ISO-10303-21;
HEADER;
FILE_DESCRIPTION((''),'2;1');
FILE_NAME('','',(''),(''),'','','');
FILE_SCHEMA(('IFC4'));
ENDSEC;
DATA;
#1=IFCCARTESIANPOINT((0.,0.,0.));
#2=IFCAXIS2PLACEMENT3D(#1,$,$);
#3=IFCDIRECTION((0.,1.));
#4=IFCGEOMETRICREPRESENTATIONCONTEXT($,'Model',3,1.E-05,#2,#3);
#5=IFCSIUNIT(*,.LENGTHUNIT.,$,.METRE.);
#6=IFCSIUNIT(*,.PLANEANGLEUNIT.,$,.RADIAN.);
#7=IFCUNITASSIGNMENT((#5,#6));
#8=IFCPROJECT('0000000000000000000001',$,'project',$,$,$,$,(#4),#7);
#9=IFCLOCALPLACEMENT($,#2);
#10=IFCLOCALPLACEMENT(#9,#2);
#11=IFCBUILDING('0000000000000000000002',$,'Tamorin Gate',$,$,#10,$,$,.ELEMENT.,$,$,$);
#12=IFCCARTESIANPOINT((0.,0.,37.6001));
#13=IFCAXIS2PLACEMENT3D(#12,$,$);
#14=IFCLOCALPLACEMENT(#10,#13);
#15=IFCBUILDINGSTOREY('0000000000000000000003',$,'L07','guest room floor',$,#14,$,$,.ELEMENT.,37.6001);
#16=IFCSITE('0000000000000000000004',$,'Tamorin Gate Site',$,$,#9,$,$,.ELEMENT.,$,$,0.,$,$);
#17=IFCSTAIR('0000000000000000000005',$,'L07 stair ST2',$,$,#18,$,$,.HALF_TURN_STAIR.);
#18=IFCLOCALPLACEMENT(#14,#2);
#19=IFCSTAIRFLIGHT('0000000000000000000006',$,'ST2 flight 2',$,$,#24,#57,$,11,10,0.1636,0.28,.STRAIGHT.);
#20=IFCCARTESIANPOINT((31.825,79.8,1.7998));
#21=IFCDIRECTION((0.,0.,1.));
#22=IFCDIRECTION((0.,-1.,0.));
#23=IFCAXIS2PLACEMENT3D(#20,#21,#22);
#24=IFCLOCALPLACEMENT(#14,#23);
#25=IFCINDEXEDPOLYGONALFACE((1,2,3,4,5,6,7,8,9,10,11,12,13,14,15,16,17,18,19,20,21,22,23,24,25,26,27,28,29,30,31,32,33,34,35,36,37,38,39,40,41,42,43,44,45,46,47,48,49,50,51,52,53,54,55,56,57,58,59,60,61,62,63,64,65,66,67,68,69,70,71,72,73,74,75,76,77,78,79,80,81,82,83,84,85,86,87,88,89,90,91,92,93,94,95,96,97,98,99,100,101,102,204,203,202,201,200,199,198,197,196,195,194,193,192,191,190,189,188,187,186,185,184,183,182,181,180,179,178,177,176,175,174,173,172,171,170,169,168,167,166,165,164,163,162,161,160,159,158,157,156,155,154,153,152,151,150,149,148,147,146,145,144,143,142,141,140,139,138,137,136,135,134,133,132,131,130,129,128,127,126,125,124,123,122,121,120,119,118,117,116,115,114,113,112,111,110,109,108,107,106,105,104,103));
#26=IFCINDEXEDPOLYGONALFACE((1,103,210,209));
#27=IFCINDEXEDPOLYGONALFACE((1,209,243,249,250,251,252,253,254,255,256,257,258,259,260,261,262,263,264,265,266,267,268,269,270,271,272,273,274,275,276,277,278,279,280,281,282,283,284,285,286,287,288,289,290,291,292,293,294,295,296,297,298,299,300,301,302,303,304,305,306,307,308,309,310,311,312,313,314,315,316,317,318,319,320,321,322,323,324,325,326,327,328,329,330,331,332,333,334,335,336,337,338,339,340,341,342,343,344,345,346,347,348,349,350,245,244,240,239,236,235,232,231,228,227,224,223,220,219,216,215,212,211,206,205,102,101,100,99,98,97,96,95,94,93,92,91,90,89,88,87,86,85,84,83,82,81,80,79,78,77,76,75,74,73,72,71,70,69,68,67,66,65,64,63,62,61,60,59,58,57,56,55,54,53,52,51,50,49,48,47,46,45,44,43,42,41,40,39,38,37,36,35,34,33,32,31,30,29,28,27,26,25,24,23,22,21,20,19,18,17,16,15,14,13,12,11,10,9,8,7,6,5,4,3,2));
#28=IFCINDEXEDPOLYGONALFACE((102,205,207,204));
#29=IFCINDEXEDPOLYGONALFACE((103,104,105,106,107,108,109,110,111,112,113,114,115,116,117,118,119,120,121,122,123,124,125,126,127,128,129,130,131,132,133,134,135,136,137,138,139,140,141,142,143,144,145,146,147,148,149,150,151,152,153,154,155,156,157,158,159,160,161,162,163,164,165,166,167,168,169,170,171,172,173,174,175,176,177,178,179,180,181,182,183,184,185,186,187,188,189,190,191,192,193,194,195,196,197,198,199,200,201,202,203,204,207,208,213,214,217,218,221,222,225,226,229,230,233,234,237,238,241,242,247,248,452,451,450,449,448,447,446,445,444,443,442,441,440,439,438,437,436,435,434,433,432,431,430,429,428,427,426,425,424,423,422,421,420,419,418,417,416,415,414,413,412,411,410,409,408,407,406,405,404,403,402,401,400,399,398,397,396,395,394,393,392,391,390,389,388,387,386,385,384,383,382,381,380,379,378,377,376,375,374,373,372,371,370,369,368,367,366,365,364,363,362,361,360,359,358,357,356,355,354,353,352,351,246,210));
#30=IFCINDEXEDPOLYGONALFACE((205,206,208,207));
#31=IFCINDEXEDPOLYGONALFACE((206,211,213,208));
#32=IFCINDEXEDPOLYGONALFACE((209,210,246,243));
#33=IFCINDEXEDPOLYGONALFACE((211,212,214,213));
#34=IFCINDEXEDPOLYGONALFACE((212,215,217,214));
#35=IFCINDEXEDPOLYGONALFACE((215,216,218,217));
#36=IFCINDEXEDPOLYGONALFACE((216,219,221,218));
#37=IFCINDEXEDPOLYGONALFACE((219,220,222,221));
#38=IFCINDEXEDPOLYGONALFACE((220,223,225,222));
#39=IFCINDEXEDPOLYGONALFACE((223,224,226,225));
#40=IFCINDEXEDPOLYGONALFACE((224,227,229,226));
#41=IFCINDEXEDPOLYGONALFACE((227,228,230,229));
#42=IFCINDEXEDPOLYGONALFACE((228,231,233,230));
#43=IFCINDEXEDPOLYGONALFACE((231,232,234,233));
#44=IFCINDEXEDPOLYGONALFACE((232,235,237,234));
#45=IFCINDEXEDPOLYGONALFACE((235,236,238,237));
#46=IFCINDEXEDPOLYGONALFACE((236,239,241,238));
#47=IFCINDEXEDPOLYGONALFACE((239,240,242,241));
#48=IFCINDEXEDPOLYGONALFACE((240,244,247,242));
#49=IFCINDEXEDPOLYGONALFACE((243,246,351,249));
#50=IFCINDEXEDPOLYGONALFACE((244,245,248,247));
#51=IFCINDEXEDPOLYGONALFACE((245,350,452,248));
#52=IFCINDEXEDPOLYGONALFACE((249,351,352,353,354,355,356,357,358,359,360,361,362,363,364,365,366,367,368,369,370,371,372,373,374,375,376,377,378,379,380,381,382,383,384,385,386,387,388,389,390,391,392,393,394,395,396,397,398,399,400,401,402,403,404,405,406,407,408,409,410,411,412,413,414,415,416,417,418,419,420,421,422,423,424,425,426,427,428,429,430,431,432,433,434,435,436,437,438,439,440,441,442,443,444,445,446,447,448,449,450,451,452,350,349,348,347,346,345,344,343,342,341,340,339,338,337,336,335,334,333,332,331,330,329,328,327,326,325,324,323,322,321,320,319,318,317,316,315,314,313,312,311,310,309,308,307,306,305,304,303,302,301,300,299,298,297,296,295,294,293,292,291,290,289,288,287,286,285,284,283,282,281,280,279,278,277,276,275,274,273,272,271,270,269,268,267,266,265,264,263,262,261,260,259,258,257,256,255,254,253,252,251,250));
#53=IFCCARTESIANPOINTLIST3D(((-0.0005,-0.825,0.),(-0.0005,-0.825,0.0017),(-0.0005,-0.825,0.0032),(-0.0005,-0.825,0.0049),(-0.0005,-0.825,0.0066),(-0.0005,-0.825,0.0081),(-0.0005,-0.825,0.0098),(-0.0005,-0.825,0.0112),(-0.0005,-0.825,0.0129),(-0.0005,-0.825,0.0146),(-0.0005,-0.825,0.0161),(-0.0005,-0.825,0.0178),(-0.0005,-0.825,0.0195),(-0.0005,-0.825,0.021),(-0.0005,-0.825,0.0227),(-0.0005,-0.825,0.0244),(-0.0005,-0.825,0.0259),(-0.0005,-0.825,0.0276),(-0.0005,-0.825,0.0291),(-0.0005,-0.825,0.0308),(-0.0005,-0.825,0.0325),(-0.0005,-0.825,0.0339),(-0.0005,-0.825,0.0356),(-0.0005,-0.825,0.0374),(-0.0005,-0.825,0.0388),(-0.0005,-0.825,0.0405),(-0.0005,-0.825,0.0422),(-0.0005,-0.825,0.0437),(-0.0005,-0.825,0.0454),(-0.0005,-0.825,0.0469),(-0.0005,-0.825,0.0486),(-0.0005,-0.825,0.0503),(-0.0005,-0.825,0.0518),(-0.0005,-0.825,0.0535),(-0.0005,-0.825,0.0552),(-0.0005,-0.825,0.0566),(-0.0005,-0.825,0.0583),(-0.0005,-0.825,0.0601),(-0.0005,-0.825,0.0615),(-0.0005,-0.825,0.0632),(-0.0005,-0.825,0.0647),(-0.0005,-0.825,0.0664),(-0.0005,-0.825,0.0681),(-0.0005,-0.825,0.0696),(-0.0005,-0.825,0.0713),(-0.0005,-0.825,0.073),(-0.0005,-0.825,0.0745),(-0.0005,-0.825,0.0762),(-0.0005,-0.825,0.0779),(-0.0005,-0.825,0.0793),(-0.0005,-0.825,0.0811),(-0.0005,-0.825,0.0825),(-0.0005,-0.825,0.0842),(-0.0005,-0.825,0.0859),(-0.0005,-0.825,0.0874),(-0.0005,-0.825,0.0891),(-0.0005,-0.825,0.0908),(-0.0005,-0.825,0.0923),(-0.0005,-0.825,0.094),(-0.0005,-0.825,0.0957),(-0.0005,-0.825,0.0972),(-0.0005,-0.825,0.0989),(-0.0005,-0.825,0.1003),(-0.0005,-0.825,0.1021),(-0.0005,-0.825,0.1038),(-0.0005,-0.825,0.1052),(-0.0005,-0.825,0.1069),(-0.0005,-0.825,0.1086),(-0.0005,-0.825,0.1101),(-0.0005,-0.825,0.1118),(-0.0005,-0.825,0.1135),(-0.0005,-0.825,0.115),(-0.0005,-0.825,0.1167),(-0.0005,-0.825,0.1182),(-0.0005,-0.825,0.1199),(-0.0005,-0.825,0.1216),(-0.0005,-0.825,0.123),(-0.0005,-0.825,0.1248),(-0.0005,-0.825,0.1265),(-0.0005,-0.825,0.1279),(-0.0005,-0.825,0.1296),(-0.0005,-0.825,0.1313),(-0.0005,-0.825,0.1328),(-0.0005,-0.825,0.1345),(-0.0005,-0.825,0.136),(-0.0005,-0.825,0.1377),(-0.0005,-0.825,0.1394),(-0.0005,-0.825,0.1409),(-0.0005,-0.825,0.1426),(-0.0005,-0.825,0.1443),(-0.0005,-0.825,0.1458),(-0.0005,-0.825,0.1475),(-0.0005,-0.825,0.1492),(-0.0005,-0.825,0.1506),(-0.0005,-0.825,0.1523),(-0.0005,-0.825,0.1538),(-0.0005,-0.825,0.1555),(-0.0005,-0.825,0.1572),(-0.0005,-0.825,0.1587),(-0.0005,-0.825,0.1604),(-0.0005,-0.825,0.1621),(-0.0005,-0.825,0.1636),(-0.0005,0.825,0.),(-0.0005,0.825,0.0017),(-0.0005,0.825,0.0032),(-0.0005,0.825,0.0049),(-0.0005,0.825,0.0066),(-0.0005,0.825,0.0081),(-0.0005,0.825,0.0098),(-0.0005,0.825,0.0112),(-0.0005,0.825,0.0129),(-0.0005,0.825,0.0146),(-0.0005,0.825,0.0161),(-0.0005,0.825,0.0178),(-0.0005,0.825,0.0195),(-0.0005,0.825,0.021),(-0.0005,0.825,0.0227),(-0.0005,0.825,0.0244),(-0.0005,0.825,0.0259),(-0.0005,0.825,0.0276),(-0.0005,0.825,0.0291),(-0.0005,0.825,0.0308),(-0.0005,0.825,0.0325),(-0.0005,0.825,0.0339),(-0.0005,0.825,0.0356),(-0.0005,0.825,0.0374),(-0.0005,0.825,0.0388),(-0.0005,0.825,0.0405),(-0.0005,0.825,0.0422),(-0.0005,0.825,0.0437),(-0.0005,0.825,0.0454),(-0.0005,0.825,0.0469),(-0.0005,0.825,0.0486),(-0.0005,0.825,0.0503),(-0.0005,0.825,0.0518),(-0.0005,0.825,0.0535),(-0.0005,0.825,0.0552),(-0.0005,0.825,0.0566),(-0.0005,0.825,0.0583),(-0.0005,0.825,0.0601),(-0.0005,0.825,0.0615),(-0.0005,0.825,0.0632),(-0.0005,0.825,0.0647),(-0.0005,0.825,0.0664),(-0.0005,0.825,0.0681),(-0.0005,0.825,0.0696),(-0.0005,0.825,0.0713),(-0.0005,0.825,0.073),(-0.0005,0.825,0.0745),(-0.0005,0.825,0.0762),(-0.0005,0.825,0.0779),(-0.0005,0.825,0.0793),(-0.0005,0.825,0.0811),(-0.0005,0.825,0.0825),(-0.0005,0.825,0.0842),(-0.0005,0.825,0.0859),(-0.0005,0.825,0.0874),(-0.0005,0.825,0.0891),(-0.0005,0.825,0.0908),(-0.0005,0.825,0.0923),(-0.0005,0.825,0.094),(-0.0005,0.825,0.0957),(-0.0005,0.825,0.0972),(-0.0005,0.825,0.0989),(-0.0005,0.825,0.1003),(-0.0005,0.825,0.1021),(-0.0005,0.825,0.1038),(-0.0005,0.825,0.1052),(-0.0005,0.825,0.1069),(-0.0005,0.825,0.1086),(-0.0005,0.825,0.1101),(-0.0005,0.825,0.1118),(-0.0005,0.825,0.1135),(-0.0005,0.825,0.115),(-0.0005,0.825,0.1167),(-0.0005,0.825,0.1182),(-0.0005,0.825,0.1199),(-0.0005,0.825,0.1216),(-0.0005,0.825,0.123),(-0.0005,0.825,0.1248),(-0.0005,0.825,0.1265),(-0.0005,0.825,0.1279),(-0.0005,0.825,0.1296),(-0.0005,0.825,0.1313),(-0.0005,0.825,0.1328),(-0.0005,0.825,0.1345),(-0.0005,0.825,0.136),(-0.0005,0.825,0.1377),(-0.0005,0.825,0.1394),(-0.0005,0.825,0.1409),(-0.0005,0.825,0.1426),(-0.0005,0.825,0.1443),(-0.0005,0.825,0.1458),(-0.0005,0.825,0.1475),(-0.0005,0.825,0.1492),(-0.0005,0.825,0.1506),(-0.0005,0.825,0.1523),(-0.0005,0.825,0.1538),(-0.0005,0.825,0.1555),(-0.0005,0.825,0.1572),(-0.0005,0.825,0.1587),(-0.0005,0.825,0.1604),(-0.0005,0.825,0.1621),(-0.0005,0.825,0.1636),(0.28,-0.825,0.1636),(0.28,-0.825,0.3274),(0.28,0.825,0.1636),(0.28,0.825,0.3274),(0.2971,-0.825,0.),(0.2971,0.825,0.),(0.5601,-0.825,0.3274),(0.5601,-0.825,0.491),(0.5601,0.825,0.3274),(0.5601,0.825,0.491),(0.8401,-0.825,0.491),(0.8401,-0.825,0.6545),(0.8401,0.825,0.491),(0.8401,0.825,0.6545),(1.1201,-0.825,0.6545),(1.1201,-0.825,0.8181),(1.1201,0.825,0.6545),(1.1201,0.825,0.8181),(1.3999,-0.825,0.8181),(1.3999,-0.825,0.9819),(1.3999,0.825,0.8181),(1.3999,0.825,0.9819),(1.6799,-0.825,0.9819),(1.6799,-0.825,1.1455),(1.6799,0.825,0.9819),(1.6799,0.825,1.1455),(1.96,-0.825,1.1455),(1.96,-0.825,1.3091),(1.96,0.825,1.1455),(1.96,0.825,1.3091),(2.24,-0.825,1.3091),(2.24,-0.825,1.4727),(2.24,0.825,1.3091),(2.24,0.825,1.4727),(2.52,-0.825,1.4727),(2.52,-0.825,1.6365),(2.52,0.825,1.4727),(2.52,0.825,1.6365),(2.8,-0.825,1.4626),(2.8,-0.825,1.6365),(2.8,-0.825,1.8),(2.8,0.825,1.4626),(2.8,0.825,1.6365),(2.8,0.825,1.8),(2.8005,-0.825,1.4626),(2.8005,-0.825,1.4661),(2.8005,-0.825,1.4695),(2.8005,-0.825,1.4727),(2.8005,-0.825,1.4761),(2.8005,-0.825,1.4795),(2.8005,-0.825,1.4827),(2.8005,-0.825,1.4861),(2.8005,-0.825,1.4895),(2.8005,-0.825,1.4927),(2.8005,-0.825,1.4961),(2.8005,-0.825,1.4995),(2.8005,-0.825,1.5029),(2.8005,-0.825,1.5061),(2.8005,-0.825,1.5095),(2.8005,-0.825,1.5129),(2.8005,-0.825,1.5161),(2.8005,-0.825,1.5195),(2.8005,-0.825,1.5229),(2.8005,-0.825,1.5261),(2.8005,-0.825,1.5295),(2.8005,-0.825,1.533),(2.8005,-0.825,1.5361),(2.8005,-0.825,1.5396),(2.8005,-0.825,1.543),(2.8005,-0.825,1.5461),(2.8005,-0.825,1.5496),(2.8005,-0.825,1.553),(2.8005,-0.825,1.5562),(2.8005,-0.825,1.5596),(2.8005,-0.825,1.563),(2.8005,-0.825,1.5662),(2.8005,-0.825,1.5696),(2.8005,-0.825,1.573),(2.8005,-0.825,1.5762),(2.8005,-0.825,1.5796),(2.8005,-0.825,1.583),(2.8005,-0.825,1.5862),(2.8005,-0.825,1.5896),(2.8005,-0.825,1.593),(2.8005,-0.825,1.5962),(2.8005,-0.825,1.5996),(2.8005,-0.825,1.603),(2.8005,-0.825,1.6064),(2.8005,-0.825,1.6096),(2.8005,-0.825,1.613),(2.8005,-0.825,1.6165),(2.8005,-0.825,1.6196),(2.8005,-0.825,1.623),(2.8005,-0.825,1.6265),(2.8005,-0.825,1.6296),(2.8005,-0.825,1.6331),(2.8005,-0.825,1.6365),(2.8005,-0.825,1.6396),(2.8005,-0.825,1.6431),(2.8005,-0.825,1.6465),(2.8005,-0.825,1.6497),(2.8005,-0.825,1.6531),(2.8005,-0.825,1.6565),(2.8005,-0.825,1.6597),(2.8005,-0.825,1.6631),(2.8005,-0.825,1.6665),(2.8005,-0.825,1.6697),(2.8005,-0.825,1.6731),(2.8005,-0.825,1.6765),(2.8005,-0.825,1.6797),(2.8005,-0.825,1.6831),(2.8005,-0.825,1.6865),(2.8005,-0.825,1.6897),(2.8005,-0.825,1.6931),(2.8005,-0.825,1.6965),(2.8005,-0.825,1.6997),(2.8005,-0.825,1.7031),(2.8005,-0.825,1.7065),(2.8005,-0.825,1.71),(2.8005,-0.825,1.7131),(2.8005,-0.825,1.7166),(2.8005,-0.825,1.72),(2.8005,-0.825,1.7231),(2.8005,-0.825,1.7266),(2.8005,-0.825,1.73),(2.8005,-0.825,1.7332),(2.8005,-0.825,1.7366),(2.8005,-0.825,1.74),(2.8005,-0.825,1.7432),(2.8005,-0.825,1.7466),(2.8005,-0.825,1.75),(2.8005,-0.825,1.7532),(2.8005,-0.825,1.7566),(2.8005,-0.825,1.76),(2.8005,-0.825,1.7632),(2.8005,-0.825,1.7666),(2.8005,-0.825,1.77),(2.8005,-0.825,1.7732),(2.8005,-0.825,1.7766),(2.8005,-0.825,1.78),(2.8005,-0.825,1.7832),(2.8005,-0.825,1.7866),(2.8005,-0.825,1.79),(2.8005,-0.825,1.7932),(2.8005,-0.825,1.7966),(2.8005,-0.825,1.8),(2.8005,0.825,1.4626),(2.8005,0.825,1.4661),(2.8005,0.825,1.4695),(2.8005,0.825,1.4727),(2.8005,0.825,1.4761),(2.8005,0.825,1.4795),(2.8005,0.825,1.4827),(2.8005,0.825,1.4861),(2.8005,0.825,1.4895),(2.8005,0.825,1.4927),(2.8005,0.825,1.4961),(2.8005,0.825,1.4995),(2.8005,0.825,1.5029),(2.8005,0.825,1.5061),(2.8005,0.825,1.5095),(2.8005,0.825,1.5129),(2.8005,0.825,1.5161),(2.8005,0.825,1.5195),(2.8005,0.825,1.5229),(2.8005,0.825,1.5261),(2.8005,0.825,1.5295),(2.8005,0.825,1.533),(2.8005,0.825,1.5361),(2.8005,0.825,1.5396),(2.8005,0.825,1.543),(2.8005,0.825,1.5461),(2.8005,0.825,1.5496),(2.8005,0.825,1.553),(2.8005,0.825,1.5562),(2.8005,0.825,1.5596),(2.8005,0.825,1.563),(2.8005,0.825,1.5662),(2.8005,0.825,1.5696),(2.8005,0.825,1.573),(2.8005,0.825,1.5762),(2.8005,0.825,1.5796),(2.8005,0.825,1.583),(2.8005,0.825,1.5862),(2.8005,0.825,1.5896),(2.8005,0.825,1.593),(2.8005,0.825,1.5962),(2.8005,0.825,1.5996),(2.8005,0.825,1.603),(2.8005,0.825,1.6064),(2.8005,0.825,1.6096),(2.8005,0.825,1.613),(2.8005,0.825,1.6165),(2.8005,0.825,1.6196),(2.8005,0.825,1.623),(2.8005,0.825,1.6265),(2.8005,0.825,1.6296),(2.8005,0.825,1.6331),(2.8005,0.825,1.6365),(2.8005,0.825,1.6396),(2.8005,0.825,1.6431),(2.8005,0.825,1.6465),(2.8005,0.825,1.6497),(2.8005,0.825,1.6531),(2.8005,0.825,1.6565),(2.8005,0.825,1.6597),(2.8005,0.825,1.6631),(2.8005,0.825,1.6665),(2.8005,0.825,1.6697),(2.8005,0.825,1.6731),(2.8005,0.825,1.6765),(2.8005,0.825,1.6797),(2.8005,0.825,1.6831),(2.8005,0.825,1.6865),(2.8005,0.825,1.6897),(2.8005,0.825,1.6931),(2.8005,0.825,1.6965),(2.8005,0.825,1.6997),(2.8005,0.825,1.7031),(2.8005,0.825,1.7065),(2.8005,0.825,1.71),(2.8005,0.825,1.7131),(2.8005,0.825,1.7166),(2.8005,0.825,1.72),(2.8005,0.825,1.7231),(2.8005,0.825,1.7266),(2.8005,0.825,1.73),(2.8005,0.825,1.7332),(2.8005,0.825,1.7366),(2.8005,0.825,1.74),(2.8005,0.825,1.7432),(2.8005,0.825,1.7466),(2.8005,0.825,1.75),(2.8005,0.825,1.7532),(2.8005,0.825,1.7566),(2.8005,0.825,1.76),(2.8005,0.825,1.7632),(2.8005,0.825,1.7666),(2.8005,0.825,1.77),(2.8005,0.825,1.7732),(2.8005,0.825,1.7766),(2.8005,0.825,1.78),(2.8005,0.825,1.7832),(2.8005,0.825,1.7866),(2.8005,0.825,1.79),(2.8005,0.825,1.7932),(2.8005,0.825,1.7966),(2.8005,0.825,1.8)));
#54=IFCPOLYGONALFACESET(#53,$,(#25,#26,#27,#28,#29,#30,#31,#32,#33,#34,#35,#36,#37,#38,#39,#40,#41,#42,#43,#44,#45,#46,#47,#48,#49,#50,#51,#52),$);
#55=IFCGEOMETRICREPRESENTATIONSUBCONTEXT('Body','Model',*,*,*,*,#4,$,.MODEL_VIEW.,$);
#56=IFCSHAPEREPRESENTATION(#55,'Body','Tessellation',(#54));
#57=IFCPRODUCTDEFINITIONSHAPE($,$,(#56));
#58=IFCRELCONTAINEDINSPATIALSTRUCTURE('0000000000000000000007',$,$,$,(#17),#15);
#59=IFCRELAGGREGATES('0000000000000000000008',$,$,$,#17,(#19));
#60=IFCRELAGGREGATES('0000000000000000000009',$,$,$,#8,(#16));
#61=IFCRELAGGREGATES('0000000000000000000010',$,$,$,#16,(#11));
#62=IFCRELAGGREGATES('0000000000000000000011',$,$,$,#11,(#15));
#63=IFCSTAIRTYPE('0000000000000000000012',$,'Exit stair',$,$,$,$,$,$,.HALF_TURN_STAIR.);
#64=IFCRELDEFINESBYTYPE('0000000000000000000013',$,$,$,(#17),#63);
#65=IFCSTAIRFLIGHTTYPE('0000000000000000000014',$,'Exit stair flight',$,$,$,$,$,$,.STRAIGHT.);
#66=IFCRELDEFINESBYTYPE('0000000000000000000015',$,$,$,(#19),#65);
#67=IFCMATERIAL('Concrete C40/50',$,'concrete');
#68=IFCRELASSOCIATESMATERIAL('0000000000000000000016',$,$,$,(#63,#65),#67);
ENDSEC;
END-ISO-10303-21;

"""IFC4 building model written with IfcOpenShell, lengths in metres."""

from ifc_helpers import new_model, si_unit, direction, frame, origin, place, context, subcontext, project, spatial, polyline, outline, extrude, material, type_object, element, aggregate, save


model = new_model("IFC4")

# Units and contexts
model_context = context("Model", 3, precision=1e-05, world=origin(), true_north=direction((0.0, 1.0)))
body_context = subcontext(model_context, "Body", "Model", "MODEL_VIEW")
ifc_project = project(units=[si_unit("LENGTHUNIT", "METRE"), si_unit("PLANEANGLEUNIT", "RADIAN")], contexts=[model_context])

# Site, building, storey
site_placement = place(None, origin())
site = spatial("IfcSite", under=ifc_project, at=site_placement, Name="Tamorin Gate Site", CompositionType="ELEMENT", RefElevation=0.0)
building_placement = place(site_placement, origin())
building = spatial("IfcBuilding", under=site, at=building_placement, Name="Tamorin Gate", CompositionType="ELEMENT")
storey_placement = place(building_placement, frame((0.0, 0.0, 37.6001)))
storey = spatial("IfcBuildingStorey", under=building, at=storey_placement, Name="L07", Description="guest room floor", CompositionType="ELEMENT", Elevation=37.6001)

# Shared definitions
ifc_material_1 = material(Name="Concrete C40/50", Category="concrete")

# Stair, stair flight
stair_type = type_object("IfcStairType", Name="Exit stair", PredefinedType="HALF_TURN_STAIR", material=ifc_material_1)
stair_placement = place(storey_placement, origin())
stair = element("IfcStair", 1, at=stair_placement, inside=storey, type_object=stair_type, Name="L07 stair ST2", PredefinedType="HALF_TURN_STAIR")
stair_flight_type = type_object("IfcStairFlightType", Name="Exit stair flight", PredefinedType="STRAIGHT", material=ifc_material_1)
stair_flight_1_placement = place(storey_placement, frame((31.825, 79.8, 1.7998), z_axis=(0.0, 0.0, 1.0), x_axis=(0.0, -1.0, 0.0)))
stair_flight_1 = element("IfcStairFlight", 2, at=stair_flight_1_placement, type_object=stair_flight_type, Name="ST2 flight 2", NumberOfRisers=11, NumberOfTreads=10, PredefinedType="STRAIGHT", RiserHeight=0.1636, TreadLength=0.28, context=body_context, shape_type="SweptSolid", body=[
    extrude(outline(polyline([(-0.0005, 0.0), (-0.0005, 0.0017), (-0.0005, 0.0032), (-0.0005, 0.0049), (-0.0005, 0.0066), (-0.0005, 0.0081), (-0.0005, 0.0098), (-0.0005, 0.0112), (-0.0005, 0.0129), (-0.0005, 0.0146), (-0.0005, 0.0161), (-0.0005, 0.0178), (-0.0005, 0.0195), (-0.0005, 0.021), (-0.0005, 0.0227), (-0.0005, 0.0244), (-0.0005, 0.0259), (-0.0005, 0.0276), (-0.0005, 0.0291), (-0.0005, 0.0308), (-0.0005, 0.0325), (-0.0005, 0.0339), (-0.0005, 0.0356), (-0.0005, 0.0374), (-0.0005, 0.0388), (-0.0005, 0.0405), (-0.0005, 0.0422), (-0.0005, 0.0437), (-0.0005, 0.0454), (-0.0005, 0.0469), (-0.0005, 0.0486), (-0.0005, 0.0503), (-0.0005, 0.0518), (-0.0005, 0.0535), (-0.0005, 0.0552), (-0.0005, 0.0566), (-0.0005, 0.0583), (-0.0005, 0.0601), (-0.0005, 0.0615), (-0.0005, 0.0632), (-0.0005, 0.0647), (-0.0005, 0.0664), (-0.0005, 0.0681), (-0.0005, 0.0696), (-0.0005, 0.0713), (-0.0005, 0.073), (-0.0005, 0.0745), (-0.0005, 0.0762), (-0.0005, 0.0779), (-0.0005, 0.0793), (-0.0005, 0.0811), (-0.0005, 0.0825), (-0.0005, 0.0842), (-0.0005, 0.0859), (-0.0005, 0.0874), (-0.0005, 0.0891), (-0.0005, 0.0908), (-0.0005, 0.0923), (-0.0005, 0.094), (-0.0005, 0.0957), (-0.0005, 0.0972), (-0.0005, 0.0989), (-0.0005, 0.1003), (-0.0005, 0.1021), (-0.0005, 0.1038), (-0.0005, 0.1052), (-0.0005, 0.1069), (-0.0005, 0.1086), (-0.0005, 0.1101), (-0.0005, 0.1118), (-0.0005, 0.1135), (-0.0005, 0.115), (-0.0005, 0.1167), (-0.0005, 0.1182), (-0.0005, 0.1199), (-0.0005, 0.1216), (-0.0005, 0.123), (-0.0005, 0.1248), (-0.0005, 0.1265), (-0.0005, 0.1279), (-0.0005, 0.1296), (-0.0005, 0.1313), (-0.0005, 0.1328), (-0.0005, 0.1345), (-0.0005, 0.136), (-0.0005, 0.1377), (-0.0005, 0.1394), (-0.0005, 0.1409), (-0.0005, 0.1426), (-0.0005, 0.1443), (-0.0005, 0.1458), (-0.0005, 0.1475), (-0.0005, 0.1492), (-0.0005, 0.1506), (-0.0005, 0.1523), (-0.0005, 0.1538), (-0.0005, 0.1555), (-0.0005, 0.1572), (-0.0005, 0.1587), (-0.0005, 0.1604), (-0.0005, 0.1621), (-0.0005, 0.1636), (0.28, 0.1636), (0.28, 0.3274), (0.5601, 0.3274), (0.5601, 0.491), (0.8401, 0.491), (0.8401, 0.6545), (1.1201, 0.6545), (1.1201, 0.8181), (1.3999, 0.8181), (1.3999, 0.9819), (1.6799, 0.9819), (1.6799, 1.1455), (1.96, 1.1455), (1.96, 1.3091), (2.24, 1.3091), (2.24, 1.4727), (2.52, 1.4727), (2.52, 1.6365), (2.8, 1.6365), (2.8, 1.8), (2.8005, 1.8), (2.8005, 1.7966), (2.8005, 1.7932), (2.8005, 1.79), (2.8005, 1.7866), (2.8005, 1.7832), (2.8005, 1.78), (2.8005, 1.7766), (2.8005, 1.7732), (2.8005, 1.77), (2.8005, 1.7666), (2.8005, 1.7632), (2.8005, 1.76), (2.8005, 1.7566), (2.8005, 1.7532), (2.8005, 1.75), (2.8005, 1.7466), (2.8005, 1.7432), (2.8005, 1.74), (2.8005, 1.7366), (2.8005, 1.7332), (2.8005, 1.73), (2.8005, 1.7266), (2.8005, 1.7231), (2.8005, 1.72), (2.8005, 1.7166), (2.8005, 1.7131), (2.8005, 1.71), (2.8005, 1.7065), (2.8005, 1.7031), (2.8005, 1.6997), (2.8005, 1.6965), (2.8005, 1.6931), (2.8005, 1.6897), (2.8005, 1.6865), (2.8005, 1.6831), (2.8005, 1.6797), (2.8005, 1.6765), (2.8005, 1.6731), (2.8005, 1.6697), (2.8005, 1.6665), (2.8005, 1.6631), (2.8005, 1.6597), (2.8005, 1.6565), (2.8005, 1.6531), (2.8005, 1.6497), (2.8005, 1.6465), (2.8005, 1.6431), (2.8005, 1.6396), (2.8005, 1.6365), (2.8005, 1.6331), (2.8005, 1.6296), (2.8005, 1.6265), (2.8005, 1.623), (2.8005, 1.6196), (2.8005, 1.6165), (2.8005, 1.613), (2.8005, 1.6096), (2.8005, 1.6064), (2.8005, 1.603), (2.8005, 1.5996), (2.8005, 1.5962), (2.8005, 1.593), (2.8005, 1.5896), (2.8005, 1.5862), (2.8005, 1.583), (2.8005, 1.5796), (2.8005, 1.5762), (2.8005, 1.573), (2.8005, 1.5696), (2.8005, 1.5662), (2.8005, 1.563), (2.8005, 1.5596), (2.8005, 1.5562), (2.8005, 1.553), (2.8005, 1.5496), (2.8005, 1.5461), (2.8005, 1.543), (2.8005, 1.5396), (2.8005, 1.5361), (2.8005, 1.533), (2.8005, 1.5295), (2.8005, 1.5261), (2.8005, 1.5229), (2.8005, 1.5195), (2.8005, 1.5161), (2.8005, 1.5129), (2.8005, 1.5095), (2.8005, 1.5061), (2.8005, 1.5029), (2.8005, 1.4995), (2.8005, 1.4961), (2.8005, 1.4927), (2.8005, 1.4895), (2.8005, 1.4861), (2.8005, 1.4827), (2.8005, 1.4795), (2.8005, 1.4761), (2.8005, 1.4727), (2.8005, 1.4695), (2.8005, 1.4661), (2.8005, 1.4626), (2.8, 1.4626), (0.2971, 0.0), (-0.0005, 0.0)])), frame((0.0, 0.825, 0.0), z_axis=(0.0, -1.0, 0.0), x_axis=(1.0, 0.0, 0.0)), (0.0, 0.0, 1.0), 1.6499),
])
aggregate(stair, [stair_flight_1])

save(model, "model.ifc")
